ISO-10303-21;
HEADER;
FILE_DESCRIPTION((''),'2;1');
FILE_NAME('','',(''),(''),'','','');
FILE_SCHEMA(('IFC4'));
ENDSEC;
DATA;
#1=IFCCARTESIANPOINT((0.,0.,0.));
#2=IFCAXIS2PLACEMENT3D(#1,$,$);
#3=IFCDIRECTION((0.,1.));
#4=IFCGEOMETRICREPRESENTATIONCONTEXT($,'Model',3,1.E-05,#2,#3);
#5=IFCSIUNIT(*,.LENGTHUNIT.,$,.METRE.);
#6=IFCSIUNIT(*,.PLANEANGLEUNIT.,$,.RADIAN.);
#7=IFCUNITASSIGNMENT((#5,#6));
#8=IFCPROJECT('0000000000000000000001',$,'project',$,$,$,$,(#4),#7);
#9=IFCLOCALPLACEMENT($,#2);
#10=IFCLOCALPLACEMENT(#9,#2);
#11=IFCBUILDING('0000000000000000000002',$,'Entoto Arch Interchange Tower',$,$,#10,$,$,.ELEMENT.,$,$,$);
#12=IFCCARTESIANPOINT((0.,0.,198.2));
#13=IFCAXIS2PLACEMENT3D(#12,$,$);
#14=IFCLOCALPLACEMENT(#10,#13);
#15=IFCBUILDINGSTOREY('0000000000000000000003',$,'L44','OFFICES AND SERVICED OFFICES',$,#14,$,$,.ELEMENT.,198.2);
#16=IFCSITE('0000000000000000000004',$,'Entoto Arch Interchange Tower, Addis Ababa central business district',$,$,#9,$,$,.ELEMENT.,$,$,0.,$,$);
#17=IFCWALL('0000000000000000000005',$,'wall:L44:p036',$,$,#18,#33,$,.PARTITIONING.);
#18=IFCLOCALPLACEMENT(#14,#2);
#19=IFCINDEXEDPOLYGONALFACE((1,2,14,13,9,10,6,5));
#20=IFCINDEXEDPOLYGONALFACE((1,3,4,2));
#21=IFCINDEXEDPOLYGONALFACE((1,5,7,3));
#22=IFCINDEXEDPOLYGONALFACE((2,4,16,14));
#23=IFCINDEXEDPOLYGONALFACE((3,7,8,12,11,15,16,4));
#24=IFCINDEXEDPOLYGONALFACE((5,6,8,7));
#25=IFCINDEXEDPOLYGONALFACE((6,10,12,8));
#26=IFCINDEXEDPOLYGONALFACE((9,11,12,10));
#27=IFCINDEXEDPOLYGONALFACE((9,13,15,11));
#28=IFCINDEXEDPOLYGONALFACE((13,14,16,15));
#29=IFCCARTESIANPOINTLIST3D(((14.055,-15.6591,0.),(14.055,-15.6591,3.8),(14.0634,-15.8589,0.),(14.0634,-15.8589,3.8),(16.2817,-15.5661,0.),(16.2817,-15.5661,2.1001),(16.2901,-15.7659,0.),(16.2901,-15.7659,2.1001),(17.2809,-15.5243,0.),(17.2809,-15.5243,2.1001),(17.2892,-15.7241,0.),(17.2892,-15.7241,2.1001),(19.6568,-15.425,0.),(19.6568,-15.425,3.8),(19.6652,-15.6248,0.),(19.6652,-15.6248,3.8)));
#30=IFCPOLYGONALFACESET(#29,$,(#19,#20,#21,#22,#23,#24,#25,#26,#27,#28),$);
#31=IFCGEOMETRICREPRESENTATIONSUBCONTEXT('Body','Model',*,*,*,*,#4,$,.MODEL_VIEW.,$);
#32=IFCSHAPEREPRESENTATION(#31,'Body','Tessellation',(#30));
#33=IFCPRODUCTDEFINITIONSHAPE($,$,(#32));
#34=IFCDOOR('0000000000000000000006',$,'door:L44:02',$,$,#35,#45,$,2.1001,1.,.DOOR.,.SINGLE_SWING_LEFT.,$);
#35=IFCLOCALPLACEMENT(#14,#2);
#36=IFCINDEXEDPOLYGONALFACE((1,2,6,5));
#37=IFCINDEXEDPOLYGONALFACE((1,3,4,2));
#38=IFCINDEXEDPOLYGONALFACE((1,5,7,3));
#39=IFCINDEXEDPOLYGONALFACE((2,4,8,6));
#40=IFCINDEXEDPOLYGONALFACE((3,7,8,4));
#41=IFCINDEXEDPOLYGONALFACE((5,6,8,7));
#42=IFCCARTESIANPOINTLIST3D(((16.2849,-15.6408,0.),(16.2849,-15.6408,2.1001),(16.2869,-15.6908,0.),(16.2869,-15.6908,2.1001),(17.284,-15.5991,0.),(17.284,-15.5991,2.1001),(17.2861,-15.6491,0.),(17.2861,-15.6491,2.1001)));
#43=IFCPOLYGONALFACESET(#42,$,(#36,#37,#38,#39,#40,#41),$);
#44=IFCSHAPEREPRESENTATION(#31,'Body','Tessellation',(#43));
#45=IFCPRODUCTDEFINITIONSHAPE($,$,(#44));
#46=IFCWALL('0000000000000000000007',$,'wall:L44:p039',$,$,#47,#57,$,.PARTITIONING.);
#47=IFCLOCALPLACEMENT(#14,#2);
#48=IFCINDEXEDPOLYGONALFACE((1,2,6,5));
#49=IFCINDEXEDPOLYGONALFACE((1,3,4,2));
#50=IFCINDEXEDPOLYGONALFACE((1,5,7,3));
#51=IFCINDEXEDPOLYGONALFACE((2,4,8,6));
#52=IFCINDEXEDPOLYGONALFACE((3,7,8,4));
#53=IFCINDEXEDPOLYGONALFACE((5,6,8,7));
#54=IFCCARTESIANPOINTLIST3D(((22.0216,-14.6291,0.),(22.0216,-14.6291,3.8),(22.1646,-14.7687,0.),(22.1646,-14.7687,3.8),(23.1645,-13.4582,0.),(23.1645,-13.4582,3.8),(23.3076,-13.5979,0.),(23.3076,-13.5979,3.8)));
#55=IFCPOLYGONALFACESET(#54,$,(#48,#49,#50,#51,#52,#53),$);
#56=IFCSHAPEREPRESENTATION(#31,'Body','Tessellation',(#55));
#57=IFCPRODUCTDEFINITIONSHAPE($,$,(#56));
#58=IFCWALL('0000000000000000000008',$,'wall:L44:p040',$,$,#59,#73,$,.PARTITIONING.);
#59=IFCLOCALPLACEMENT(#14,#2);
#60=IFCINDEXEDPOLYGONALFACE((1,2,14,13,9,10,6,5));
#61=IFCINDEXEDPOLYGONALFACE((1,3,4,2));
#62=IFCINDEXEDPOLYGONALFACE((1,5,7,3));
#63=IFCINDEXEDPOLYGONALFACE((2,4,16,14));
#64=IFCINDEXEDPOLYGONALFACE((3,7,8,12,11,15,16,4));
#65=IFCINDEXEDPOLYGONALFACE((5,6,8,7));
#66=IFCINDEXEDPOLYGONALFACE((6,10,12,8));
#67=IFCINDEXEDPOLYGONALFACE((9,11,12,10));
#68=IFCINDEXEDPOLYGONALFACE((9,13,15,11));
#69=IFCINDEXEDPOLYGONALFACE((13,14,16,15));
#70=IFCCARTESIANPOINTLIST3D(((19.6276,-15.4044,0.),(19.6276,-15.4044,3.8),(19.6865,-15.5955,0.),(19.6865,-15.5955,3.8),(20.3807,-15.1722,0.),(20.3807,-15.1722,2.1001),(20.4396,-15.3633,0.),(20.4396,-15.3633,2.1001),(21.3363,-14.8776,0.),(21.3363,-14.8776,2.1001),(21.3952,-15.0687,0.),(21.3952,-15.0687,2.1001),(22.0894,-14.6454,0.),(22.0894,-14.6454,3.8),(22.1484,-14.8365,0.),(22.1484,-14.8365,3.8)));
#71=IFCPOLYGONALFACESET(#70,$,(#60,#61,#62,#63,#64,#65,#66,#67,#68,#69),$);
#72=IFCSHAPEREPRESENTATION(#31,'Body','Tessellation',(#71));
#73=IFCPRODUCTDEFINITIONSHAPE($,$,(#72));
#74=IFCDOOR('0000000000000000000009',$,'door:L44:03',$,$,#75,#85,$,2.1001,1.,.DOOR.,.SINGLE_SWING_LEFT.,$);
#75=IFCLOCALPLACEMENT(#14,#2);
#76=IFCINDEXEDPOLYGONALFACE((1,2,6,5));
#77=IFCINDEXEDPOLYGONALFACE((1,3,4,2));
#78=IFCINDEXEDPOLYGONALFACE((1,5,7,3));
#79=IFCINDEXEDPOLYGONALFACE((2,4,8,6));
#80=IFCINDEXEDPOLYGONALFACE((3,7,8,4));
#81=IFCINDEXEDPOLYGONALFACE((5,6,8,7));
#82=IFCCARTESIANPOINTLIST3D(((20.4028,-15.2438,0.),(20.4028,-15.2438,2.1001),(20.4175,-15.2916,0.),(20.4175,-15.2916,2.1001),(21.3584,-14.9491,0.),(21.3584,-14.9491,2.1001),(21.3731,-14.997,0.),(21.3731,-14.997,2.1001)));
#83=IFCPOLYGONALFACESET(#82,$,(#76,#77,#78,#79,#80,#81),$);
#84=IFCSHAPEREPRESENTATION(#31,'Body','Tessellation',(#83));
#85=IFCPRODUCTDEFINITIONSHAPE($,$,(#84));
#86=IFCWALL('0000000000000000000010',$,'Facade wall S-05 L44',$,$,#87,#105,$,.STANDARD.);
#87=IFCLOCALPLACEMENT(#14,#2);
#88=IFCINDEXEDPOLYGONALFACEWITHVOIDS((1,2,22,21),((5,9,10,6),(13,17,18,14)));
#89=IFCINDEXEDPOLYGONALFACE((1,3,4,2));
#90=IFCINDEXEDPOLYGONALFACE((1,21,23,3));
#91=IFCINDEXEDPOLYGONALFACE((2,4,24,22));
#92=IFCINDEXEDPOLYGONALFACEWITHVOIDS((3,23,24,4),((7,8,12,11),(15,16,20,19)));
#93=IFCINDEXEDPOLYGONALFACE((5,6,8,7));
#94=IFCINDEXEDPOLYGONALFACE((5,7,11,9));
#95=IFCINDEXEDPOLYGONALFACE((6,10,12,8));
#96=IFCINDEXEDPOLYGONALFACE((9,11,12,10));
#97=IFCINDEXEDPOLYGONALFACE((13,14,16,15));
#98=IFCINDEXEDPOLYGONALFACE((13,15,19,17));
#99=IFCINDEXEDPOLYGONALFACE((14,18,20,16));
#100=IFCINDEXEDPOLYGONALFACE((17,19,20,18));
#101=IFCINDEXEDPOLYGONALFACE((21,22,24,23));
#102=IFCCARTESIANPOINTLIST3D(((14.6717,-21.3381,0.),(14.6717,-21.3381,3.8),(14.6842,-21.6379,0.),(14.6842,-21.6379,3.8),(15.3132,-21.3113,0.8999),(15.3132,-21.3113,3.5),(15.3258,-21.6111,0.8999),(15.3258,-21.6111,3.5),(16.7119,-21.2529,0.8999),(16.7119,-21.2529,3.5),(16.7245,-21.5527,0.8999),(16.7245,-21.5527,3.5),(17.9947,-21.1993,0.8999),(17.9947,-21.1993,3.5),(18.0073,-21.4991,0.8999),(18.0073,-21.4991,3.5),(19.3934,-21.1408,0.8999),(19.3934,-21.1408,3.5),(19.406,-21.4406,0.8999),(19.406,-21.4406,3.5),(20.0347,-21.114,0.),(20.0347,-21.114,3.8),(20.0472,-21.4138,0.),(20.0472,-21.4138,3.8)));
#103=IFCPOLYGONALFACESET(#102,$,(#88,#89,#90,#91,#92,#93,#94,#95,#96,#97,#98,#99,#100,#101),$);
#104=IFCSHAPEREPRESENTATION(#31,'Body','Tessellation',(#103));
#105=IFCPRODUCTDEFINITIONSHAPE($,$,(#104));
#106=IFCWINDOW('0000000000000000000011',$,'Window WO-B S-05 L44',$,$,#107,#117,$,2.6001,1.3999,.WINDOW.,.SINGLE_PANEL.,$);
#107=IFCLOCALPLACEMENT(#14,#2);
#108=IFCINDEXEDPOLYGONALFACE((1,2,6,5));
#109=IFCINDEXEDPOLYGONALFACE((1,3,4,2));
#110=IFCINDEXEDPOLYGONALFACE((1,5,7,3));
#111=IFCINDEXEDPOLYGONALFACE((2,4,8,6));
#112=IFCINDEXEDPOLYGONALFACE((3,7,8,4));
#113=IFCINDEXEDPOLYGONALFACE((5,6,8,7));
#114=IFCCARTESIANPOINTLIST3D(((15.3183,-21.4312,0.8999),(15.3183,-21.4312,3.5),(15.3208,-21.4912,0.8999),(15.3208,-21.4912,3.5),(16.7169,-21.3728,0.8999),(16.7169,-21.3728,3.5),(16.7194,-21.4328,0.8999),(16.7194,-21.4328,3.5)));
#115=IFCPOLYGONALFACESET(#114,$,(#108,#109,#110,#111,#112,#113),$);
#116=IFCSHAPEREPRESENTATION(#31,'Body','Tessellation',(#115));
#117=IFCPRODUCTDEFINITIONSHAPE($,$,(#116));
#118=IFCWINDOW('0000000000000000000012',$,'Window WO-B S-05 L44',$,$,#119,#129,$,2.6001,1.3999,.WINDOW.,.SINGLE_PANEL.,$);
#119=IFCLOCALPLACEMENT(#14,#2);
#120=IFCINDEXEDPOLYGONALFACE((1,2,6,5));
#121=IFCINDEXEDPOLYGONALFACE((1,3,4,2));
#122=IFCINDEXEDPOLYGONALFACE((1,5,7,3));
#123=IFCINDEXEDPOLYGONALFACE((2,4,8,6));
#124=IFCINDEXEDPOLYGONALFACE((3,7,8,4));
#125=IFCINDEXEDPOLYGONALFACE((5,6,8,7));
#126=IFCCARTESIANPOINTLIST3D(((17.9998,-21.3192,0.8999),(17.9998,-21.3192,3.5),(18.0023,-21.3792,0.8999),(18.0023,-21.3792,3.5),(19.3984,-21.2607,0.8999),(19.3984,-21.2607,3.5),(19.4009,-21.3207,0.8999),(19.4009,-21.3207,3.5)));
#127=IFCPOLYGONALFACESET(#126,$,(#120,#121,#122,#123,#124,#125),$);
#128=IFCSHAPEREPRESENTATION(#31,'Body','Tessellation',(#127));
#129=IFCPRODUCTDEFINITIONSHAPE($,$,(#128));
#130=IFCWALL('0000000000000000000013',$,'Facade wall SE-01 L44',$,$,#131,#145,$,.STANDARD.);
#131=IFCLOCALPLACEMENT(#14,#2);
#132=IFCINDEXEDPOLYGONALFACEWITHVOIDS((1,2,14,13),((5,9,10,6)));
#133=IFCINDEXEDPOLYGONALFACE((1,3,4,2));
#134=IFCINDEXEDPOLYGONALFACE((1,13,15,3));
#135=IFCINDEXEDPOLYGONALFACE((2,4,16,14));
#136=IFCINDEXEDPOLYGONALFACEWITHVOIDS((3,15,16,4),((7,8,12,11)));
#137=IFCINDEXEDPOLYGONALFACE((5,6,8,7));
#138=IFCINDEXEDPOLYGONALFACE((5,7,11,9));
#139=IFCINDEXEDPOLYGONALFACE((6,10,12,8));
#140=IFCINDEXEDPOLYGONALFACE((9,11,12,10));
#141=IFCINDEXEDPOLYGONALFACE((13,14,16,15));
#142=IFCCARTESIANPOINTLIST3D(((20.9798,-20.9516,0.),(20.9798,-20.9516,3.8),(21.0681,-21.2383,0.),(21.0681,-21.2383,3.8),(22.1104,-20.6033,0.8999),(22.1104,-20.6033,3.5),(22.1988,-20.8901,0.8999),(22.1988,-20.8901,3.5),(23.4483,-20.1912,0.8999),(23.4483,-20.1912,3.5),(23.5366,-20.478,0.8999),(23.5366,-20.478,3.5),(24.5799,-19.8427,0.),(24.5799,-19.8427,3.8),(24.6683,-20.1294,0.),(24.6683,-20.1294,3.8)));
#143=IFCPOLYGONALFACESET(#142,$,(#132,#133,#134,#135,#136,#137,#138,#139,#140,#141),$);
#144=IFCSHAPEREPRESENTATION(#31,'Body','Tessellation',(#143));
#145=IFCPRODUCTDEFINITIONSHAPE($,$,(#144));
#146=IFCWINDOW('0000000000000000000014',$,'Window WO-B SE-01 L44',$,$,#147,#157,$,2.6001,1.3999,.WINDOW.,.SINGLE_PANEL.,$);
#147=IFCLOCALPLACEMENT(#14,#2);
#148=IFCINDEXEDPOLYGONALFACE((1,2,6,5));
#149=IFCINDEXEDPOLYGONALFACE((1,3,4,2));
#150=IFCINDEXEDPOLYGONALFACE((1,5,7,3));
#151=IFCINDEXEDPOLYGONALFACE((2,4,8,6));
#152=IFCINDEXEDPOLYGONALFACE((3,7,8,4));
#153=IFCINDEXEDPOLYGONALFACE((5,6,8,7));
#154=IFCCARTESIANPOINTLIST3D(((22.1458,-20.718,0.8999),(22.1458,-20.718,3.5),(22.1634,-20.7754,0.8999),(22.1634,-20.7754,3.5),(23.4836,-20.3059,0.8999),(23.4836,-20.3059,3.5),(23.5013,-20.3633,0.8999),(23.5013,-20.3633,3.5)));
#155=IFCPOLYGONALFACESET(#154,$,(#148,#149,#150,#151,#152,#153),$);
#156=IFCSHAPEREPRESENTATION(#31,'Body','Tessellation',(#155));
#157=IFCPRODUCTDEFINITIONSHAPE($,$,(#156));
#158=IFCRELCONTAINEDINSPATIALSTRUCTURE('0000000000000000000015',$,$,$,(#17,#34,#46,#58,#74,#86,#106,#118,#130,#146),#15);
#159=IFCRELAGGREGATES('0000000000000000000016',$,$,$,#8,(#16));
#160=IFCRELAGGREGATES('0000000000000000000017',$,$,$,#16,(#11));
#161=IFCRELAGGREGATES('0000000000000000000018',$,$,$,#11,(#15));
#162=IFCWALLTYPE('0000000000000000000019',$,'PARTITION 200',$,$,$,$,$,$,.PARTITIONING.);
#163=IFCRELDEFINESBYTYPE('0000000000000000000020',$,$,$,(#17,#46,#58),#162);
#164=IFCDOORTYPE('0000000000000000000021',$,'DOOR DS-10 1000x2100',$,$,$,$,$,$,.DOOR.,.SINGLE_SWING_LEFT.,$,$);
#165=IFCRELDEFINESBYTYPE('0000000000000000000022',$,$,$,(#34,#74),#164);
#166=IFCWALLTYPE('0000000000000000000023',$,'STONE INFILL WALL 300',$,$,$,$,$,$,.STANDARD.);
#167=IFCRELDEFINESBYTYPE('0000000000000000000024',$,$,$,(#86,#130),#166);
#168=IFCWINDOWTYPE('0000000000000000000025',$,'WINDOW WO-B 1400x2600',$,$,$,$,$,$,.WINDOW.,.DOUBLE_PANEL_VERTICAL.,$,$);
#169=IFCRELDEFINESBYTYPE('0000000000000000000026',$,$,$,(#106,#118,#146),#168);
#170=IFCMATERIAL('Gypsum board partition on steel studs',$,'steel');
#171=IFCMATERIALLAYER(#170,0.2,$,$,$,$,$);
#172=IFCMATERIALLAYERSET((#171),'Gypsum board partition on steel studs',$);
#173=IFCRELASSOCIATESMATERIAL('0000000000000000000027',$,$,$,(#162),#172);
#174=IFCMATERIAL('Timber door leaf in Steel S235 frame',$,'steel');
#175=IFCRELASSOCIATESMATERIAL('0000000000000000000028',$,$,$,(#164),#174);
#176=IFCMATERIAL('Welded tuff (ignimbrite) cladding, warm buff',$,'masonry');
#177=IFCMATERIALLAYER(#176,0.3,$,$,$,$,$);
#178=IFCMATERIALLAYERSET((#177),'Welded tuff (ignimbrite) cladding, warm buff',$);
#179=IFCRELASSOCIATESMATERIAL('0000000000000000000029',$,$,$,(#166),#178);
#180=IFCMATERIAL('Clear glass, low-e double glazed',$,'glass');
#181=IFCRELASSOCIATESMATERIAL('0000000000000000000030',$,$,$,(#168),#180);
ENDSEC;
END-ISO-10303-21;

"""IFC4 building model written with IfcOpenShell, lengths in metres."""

from ifc_helpers import new_model, si_unit, direction, frame, frame_2d, origin, place, context, subcontext, project, spatial, rectangle, extrude, material, layer, layer_set, type_object, element, fill, save


model = new_model("IFC4")

# Units and contexts
model_context = context("Model", 3, precision=1e-05, world=origin(), true_north=direction((0.0, 1.0)))
body_context = subcontext(model_context, "Body", "Model", "MODEL_VIEW")
ifc_project = project(units=[si_unit("LENGTHUNIT", "METRE"), si_unit("PLANEANGLEUNIT", "RADIAN")], contexts=[model_context])

# Site, building, storey
site_placement = place(None, origin())
site = spatial("IfcSite", under=ifc_project, at=site_placement, Name="Entoto Arch Interchange Tower, Addis Ababa central business district", CompositionType="ELEMENT", RefElevation=0.0)
building_placement = place(site_placement, origin())
building = spatial("IfcBuilding", under=site, at=building_placement, Name="Entoto Arch Interchange Tower", CompositionType="ELEMENT")
storey_placement = place(building_placement, frame((0.0, 0.0, 198.2)))
storey = spatial("IfcBuildingStorey", under=building, at=storey_placement, Name="L44", Description="OFFICES AND SERVICED OFFICES", CompositionType="ELEMENT", Elevation=198.2)

# Shared definitions
ifc_material_1 = material(Name="Gypsum board partition on steel studs", Category="steel")

# Shared definitions
ifc_layer_1 = layer(ifc_material_1, 0.2)
ifc_layer_set_1 = layer_set([ifc_layer_1], Name="Gypsum board partition on steel studs")
wall_type_1 = type_object("IfcWallType", Name="PARTITION 200", PredefinedType="PARTITIONING", material=ifc_layer_set_1)
ifc_material_2 = material(Name="Timber door leaf in Steel S235 frame", Category="steel")
door_type = type_object("IfcDoorType", Name="DOOR DS-10 1000x2100", OperationType="SINGLE_SWING_LEFT", PredefinedType="DOOR", material=ifc_material_2)

# Wall, opening, door
wall_1_placement = place(storey_placement, frame((19.6609, -15.5249, 0.0), z_axis=(0.0, 0.0, 1.0), x_axis=(-0.999128, -0.041759, 0.0)))
wall_1 = element("IfcWall", 1, at=wall_1_placement, inside=storey, type_object=wall_type_1, Name="wall:L44:p036", PredefinedType="PARTITIONING", context=body_context, shape_type="SweptSolid", body=[
    extrude(rectangle(XDim=5.6067, YDim=0.2, at=frame_2d((2.8032, 0.0))), origin(), (0.0, 0.0, 1.0), 3.8),
])
opening_1_placement = place(wall_1_placement, frame((2.3779, 0.0, 0.0)))
opening_1 = element("IfcOpeningElement", 2, at=opening_1_placement, cuts=wall_1, PredefinedType="OPENING", context=body_context, shape_type="SweptSolid", body=[
    extrude(rectangle(XDim=1.0, YDim=2.1001, at=frame_2d((0.5, 1.05))), frame((0.0, 0.1099, 0.0), z_axis=(0.0, -1.0, 0.0), x_axis=(1.0, 0.0, 0.0)), (0.0, 0.0, 1.0), 0.22),
])
door_1_placement = place(opening_1_placement, origin())
door_1 = element("IfcDoor", 3, at=door_1_placement, inside=storey, type_object=door_type, Name="door:L44:02", OperationType="SINGLE_SWING_LEFT", OverallHeight=2.1001, OverallWidth=1.0, PredefinedType="DOOR", context=body_context, shape_type="SweptSolid", body=[
    extrude(rectangle(XDim=1.0, YDim=2.1001, at=frame_2d((0.5, 1.05))), frame((0.0, 0.0249, 0.0), z_axis=(0.0, -1.0, 0.0), x_axis=(1.0, 0.0, 0.0)), (0.0, 0.0, 1.0), 0.05),
])
fill(opening_1, door_1)

# Wall
wall_2_placement = place(storey_placement, frame((23.2361, -13.5281, 0.0), z_axis=(0.0, 0.0, 1.0), x_axis=(-0.698551, -0.71556, 0.0)))
element("IfcWall", 4, at=wall_2_placement, inside=storey, type_object=wall_type_1, Name="wall:L44:p039", PredefinedType="PARTITIONING", context=body_context, shape_type="SweptSolid", body=[
    extrude(rectangle(XDim=1.6362, YDim=0.2, at=frame_2d((0.8181, 0.0))), origin(), (0.0, 0.0, 1.0), 3.8),
])

# Wall, opening, door
wall_3_placement = place(storey_placement, frame((22.1189, -14.741, 0.0), z_axis=(0.0, 0.0, 1.0), x_axis=(-0.955613, -0.294625, 0.0)))
wall_3 = element("IfcWall", 5, at=wall_3_placement, inside=storey, type_object=wall_type_1, Name="wall:L44:p040", PredefinedType="PARTITIONING", context=body_context, shape_type="SweptSolid", body=[
    extrude(rectangle(XDim=2.5762, YDim=0.2, at=frame_2d((1.2881, 0.0))), origin(), (0.0, 0.0, 1.0), 3.8),
])
opening_2_placement = place(wall_3_placement, frame((0.7881, 0.0, 0.0)))
opening_2 = element("IfcOpeningElement", 6, at=opening_2_placement, cuts=wall_3, PredefinedType="OPENING", context=body_context, shape_type="SweptSolid", body=[
    extrude(rectangle(XDim=1.0, YDim=2.1001, at=frame_2d((0.5, 1.05))), frame((0.0, 0.1099, 0.0), z_axis=(0.0, -1.0, 0.0), x_axis=(1.0, 0.0, 0.0)), (0.0, 0.0, 1.0), 0.22),
])
door_2_placement = place(opening_2_placement, origin())
door_2 = element("IfcDoor", 7, at=door_2_placement, inside=storey, type_object=door_type, Name="door:L44:03", OperationType="SINGLE_SWING_LEFT", OverallHeight=2.1001, OverallWidth=1.0, PredefinedType="DOOR", context=body_context, shape_type="SweptSolid", body=[
    extrude(rectangle(XDim=1.0, YDim=2.1001, at=frame_2d((0.5, 1.05))), frame((0.0, 0.0249, 0.0), z_axis=(0.0, -1.0, 0.0), x_axis=(1.0, 0.0, 0.0)), (0.0, 0.0, 1.0), 0.05),
])
fill(opening_2, door_2)

# Wall, openings, windows
ifc_material_3 = material(Name="Welded tuff (ignimbrite) cladding, warm buff", Category="masonry")
ifc_layer_2 = layer(ifc_material_3, 0.3)
ifc_layer_set_2 = layer_set([ifc_layer_2], Name="Welded tuff (ignimbrite) cladding, warm buff")
wall_type_2 = type_object("IfcWallType", Name="STONE INFILL WALL 300", PredefinedType="STANDARD", material=ifc_layer_set_2)
wall_4_placement = place(storey_placement, frame((14.678, -21.488, 0.0), z_axis=(0.0, 0.0, 1.0), x_axis=(0.999128, 0.041754, 0.0)))
wall_4 = element("IfcWall", 8, at=wall_4_placement, inside=storey, type_object=wall_type_2, Name="Facade wall S-05 L44", PredefinedType="STANDARD", context=body_context, shape_type="SweptSolid", body=[
    extrude(rectangle(XDim=5.3677, YDim=0.3, at=frame_2d((2.6838, 0.0))), origin(), (0.0, 0.0, 1.0), 3.8),
])
opening_3_placement = place(wall_4_placement, frame((0.6421, 0.0, 0.8999)))
opening_3 = element("IfcOpeningElement", 9, at=opening_3_placement, cuts=wall_4, PredefinedType="OPENING", context=body_context, shape_type="SweptSolid", body=[
    extrude(rectangle(XDim=1.3999, YDim=2.6001, at=frame_2d((0.7, 1.3))), frame((0.0, 0.1602, 0.0), z_axis=(0.0, -1.0, 0.0), x_axis=(1.0, 0.0, 0.0)), (0.0, 0.0, 1.0), 0.3201),
])
opening_4_placement = place(wall_4_placement, frame((3.3259, 0.0, 0.8999)))
opening_4 = element("IfcOpeningElement", 10, at=opening_4_placement, cuts=wall_4, PredefinedType="OPENING", context=body_context, shape_type="SweptSolid", body=[
    extrude(rectangle(XDim=1.3999, YDim=2.6001, at=frame_2d((0.7, 1.3))), frame((0.0, 0.1602, 0.0), z_axis=(0.0, -1.0, 0.0), x_axis=(1.0, 0.0, 0.0)), (0.0, 0.0, 1.0), 0.3201),
])
ifc_material_4 = material(Name="Clear glass, low-e double glazed", Category="glass")
window_type = type_object("IfcWindowType", Name="WINDOW WO-B 1400x2600", PartitioningType="DOUBLE_PANEL_VERTICAL", PredefinedType="WINDOW", material=ifc_material_4)
window_1_placement = place(opening_3_placement, origin())
window_1 = element("IfcWindow", 11, at=window_1_placement, inside=storey, type_object=window_type, Name="Window WO-B S-05 L44", OverallHeight=2.6001, OverallWidth=1.3999, PartitioningType="SINGLE_PANEL", PredefinedType="WINDOW", context=body_context, shape_type="SweptSolid", body=[
    extrude(rectangle(XDim=1.3999, YDim=2.6001, at=frame_2d((0.7, 1.3))), frame((0.0, 0.03, 0.0), z_axis=(0.0, -1.0, 0.0), x_axis=(1.0, 0.0, 0.0)), (0.0, 0.0, 1.0), 0.0601),
])
fill(opening_3, window_1)
window_2_placement = place(opening_4_placement, origin())
window_2 = element("IfcWindow", 12, at=window_2_placement, inside=storey, type_object=window_type, Name="Window WO-B S-05 L44", OverallHeight=2.6001, OverallWidth=1.3999, PartitioningType="SINGLE_PANEL", PredefinedType="WINDOW", context=body_context, shape_type="SweptSolid", body=[
    extrude(rectangle(XDim=1.3999, YDim=2.6001, at=frame_2d((0.7, 1.3))), frame((0.0, 0.03, 0.0), z_axis=(0.0, -1.0, 0.0), x_axis=(1.0, 0.0, 0.0)), (0.0, 0.0, 1.0), 0.0601),
])
fill(opening_4, window_2)

# Wall, opening, window
wall_5_placement = place(storey_placement, frame((21.0239, -21.095, 0.0), z_axis=(0.0, 0.0, 1.0), x_axis=(0.955692, 0.294368, 0.0)))
wall_5 = element("IfcWall", 13, at=wall_5_placement, inside=storey, type_object=wall_type_2, Name="Facade wall SE-01 L44", PredefinedType="STANDARD", context=body_context, shape_type="SweptSolid", body=[
    extrude(rectangle(XDim=3.7671, YDim=0.3, at=frame_2d((1.8835, 0.0))), origin(), (0.0, 0.0, 1.0), 3.8),
])
opening_5_placement = place(wall_5_placement, frame((1.1831, 0.0, 0.8999)))
opening_5 = element("IfcOpeningElement", 14, at=opening_5_placement, cuts=wall_5, PredefinedType="OPENING", context=body_context, shape_type="SweptSolid", body=[
    extrude(rectangle(XDim=1.3999, YDim=2.6001, at=frame_2d((0.7, 1.3))), frame((0.0, 0.1602, 0.0), z_axis=(0.0, -1.0, 0.0), x_axis=(1.0, 0.0, 0.0)), (0.0, 0.0, 1.0), 0.3201),
])
window_3_placement = place(opening_5_placement, origin())
window_3 = element("IfcWindow", 15, at=window_3_placement, inside=storey, type_object=window_type, Name="Window WO-B SE-01 L44", OverallHeight=2.6001, OverallWidth=1.3999, PartitioningType="SINGLE_PANEL", PredefinedType="WINDOW", context=body_context, shape_type="SweptSolid", body=[
    extrude(rectangle(XDim=1.3999, YDim=2.6001, at=frame_2d((0.7, 1.3))), frame((0.0, 0.03, 0.0), z_axis=(0.0, -1.0, 0.0), x_axis=(1.0, 0.0, 0.0)), (0.0, 0.0, 1.0), 0.0601),
])
fill(opening_5, window_3)

save(model, "model.ifc")
